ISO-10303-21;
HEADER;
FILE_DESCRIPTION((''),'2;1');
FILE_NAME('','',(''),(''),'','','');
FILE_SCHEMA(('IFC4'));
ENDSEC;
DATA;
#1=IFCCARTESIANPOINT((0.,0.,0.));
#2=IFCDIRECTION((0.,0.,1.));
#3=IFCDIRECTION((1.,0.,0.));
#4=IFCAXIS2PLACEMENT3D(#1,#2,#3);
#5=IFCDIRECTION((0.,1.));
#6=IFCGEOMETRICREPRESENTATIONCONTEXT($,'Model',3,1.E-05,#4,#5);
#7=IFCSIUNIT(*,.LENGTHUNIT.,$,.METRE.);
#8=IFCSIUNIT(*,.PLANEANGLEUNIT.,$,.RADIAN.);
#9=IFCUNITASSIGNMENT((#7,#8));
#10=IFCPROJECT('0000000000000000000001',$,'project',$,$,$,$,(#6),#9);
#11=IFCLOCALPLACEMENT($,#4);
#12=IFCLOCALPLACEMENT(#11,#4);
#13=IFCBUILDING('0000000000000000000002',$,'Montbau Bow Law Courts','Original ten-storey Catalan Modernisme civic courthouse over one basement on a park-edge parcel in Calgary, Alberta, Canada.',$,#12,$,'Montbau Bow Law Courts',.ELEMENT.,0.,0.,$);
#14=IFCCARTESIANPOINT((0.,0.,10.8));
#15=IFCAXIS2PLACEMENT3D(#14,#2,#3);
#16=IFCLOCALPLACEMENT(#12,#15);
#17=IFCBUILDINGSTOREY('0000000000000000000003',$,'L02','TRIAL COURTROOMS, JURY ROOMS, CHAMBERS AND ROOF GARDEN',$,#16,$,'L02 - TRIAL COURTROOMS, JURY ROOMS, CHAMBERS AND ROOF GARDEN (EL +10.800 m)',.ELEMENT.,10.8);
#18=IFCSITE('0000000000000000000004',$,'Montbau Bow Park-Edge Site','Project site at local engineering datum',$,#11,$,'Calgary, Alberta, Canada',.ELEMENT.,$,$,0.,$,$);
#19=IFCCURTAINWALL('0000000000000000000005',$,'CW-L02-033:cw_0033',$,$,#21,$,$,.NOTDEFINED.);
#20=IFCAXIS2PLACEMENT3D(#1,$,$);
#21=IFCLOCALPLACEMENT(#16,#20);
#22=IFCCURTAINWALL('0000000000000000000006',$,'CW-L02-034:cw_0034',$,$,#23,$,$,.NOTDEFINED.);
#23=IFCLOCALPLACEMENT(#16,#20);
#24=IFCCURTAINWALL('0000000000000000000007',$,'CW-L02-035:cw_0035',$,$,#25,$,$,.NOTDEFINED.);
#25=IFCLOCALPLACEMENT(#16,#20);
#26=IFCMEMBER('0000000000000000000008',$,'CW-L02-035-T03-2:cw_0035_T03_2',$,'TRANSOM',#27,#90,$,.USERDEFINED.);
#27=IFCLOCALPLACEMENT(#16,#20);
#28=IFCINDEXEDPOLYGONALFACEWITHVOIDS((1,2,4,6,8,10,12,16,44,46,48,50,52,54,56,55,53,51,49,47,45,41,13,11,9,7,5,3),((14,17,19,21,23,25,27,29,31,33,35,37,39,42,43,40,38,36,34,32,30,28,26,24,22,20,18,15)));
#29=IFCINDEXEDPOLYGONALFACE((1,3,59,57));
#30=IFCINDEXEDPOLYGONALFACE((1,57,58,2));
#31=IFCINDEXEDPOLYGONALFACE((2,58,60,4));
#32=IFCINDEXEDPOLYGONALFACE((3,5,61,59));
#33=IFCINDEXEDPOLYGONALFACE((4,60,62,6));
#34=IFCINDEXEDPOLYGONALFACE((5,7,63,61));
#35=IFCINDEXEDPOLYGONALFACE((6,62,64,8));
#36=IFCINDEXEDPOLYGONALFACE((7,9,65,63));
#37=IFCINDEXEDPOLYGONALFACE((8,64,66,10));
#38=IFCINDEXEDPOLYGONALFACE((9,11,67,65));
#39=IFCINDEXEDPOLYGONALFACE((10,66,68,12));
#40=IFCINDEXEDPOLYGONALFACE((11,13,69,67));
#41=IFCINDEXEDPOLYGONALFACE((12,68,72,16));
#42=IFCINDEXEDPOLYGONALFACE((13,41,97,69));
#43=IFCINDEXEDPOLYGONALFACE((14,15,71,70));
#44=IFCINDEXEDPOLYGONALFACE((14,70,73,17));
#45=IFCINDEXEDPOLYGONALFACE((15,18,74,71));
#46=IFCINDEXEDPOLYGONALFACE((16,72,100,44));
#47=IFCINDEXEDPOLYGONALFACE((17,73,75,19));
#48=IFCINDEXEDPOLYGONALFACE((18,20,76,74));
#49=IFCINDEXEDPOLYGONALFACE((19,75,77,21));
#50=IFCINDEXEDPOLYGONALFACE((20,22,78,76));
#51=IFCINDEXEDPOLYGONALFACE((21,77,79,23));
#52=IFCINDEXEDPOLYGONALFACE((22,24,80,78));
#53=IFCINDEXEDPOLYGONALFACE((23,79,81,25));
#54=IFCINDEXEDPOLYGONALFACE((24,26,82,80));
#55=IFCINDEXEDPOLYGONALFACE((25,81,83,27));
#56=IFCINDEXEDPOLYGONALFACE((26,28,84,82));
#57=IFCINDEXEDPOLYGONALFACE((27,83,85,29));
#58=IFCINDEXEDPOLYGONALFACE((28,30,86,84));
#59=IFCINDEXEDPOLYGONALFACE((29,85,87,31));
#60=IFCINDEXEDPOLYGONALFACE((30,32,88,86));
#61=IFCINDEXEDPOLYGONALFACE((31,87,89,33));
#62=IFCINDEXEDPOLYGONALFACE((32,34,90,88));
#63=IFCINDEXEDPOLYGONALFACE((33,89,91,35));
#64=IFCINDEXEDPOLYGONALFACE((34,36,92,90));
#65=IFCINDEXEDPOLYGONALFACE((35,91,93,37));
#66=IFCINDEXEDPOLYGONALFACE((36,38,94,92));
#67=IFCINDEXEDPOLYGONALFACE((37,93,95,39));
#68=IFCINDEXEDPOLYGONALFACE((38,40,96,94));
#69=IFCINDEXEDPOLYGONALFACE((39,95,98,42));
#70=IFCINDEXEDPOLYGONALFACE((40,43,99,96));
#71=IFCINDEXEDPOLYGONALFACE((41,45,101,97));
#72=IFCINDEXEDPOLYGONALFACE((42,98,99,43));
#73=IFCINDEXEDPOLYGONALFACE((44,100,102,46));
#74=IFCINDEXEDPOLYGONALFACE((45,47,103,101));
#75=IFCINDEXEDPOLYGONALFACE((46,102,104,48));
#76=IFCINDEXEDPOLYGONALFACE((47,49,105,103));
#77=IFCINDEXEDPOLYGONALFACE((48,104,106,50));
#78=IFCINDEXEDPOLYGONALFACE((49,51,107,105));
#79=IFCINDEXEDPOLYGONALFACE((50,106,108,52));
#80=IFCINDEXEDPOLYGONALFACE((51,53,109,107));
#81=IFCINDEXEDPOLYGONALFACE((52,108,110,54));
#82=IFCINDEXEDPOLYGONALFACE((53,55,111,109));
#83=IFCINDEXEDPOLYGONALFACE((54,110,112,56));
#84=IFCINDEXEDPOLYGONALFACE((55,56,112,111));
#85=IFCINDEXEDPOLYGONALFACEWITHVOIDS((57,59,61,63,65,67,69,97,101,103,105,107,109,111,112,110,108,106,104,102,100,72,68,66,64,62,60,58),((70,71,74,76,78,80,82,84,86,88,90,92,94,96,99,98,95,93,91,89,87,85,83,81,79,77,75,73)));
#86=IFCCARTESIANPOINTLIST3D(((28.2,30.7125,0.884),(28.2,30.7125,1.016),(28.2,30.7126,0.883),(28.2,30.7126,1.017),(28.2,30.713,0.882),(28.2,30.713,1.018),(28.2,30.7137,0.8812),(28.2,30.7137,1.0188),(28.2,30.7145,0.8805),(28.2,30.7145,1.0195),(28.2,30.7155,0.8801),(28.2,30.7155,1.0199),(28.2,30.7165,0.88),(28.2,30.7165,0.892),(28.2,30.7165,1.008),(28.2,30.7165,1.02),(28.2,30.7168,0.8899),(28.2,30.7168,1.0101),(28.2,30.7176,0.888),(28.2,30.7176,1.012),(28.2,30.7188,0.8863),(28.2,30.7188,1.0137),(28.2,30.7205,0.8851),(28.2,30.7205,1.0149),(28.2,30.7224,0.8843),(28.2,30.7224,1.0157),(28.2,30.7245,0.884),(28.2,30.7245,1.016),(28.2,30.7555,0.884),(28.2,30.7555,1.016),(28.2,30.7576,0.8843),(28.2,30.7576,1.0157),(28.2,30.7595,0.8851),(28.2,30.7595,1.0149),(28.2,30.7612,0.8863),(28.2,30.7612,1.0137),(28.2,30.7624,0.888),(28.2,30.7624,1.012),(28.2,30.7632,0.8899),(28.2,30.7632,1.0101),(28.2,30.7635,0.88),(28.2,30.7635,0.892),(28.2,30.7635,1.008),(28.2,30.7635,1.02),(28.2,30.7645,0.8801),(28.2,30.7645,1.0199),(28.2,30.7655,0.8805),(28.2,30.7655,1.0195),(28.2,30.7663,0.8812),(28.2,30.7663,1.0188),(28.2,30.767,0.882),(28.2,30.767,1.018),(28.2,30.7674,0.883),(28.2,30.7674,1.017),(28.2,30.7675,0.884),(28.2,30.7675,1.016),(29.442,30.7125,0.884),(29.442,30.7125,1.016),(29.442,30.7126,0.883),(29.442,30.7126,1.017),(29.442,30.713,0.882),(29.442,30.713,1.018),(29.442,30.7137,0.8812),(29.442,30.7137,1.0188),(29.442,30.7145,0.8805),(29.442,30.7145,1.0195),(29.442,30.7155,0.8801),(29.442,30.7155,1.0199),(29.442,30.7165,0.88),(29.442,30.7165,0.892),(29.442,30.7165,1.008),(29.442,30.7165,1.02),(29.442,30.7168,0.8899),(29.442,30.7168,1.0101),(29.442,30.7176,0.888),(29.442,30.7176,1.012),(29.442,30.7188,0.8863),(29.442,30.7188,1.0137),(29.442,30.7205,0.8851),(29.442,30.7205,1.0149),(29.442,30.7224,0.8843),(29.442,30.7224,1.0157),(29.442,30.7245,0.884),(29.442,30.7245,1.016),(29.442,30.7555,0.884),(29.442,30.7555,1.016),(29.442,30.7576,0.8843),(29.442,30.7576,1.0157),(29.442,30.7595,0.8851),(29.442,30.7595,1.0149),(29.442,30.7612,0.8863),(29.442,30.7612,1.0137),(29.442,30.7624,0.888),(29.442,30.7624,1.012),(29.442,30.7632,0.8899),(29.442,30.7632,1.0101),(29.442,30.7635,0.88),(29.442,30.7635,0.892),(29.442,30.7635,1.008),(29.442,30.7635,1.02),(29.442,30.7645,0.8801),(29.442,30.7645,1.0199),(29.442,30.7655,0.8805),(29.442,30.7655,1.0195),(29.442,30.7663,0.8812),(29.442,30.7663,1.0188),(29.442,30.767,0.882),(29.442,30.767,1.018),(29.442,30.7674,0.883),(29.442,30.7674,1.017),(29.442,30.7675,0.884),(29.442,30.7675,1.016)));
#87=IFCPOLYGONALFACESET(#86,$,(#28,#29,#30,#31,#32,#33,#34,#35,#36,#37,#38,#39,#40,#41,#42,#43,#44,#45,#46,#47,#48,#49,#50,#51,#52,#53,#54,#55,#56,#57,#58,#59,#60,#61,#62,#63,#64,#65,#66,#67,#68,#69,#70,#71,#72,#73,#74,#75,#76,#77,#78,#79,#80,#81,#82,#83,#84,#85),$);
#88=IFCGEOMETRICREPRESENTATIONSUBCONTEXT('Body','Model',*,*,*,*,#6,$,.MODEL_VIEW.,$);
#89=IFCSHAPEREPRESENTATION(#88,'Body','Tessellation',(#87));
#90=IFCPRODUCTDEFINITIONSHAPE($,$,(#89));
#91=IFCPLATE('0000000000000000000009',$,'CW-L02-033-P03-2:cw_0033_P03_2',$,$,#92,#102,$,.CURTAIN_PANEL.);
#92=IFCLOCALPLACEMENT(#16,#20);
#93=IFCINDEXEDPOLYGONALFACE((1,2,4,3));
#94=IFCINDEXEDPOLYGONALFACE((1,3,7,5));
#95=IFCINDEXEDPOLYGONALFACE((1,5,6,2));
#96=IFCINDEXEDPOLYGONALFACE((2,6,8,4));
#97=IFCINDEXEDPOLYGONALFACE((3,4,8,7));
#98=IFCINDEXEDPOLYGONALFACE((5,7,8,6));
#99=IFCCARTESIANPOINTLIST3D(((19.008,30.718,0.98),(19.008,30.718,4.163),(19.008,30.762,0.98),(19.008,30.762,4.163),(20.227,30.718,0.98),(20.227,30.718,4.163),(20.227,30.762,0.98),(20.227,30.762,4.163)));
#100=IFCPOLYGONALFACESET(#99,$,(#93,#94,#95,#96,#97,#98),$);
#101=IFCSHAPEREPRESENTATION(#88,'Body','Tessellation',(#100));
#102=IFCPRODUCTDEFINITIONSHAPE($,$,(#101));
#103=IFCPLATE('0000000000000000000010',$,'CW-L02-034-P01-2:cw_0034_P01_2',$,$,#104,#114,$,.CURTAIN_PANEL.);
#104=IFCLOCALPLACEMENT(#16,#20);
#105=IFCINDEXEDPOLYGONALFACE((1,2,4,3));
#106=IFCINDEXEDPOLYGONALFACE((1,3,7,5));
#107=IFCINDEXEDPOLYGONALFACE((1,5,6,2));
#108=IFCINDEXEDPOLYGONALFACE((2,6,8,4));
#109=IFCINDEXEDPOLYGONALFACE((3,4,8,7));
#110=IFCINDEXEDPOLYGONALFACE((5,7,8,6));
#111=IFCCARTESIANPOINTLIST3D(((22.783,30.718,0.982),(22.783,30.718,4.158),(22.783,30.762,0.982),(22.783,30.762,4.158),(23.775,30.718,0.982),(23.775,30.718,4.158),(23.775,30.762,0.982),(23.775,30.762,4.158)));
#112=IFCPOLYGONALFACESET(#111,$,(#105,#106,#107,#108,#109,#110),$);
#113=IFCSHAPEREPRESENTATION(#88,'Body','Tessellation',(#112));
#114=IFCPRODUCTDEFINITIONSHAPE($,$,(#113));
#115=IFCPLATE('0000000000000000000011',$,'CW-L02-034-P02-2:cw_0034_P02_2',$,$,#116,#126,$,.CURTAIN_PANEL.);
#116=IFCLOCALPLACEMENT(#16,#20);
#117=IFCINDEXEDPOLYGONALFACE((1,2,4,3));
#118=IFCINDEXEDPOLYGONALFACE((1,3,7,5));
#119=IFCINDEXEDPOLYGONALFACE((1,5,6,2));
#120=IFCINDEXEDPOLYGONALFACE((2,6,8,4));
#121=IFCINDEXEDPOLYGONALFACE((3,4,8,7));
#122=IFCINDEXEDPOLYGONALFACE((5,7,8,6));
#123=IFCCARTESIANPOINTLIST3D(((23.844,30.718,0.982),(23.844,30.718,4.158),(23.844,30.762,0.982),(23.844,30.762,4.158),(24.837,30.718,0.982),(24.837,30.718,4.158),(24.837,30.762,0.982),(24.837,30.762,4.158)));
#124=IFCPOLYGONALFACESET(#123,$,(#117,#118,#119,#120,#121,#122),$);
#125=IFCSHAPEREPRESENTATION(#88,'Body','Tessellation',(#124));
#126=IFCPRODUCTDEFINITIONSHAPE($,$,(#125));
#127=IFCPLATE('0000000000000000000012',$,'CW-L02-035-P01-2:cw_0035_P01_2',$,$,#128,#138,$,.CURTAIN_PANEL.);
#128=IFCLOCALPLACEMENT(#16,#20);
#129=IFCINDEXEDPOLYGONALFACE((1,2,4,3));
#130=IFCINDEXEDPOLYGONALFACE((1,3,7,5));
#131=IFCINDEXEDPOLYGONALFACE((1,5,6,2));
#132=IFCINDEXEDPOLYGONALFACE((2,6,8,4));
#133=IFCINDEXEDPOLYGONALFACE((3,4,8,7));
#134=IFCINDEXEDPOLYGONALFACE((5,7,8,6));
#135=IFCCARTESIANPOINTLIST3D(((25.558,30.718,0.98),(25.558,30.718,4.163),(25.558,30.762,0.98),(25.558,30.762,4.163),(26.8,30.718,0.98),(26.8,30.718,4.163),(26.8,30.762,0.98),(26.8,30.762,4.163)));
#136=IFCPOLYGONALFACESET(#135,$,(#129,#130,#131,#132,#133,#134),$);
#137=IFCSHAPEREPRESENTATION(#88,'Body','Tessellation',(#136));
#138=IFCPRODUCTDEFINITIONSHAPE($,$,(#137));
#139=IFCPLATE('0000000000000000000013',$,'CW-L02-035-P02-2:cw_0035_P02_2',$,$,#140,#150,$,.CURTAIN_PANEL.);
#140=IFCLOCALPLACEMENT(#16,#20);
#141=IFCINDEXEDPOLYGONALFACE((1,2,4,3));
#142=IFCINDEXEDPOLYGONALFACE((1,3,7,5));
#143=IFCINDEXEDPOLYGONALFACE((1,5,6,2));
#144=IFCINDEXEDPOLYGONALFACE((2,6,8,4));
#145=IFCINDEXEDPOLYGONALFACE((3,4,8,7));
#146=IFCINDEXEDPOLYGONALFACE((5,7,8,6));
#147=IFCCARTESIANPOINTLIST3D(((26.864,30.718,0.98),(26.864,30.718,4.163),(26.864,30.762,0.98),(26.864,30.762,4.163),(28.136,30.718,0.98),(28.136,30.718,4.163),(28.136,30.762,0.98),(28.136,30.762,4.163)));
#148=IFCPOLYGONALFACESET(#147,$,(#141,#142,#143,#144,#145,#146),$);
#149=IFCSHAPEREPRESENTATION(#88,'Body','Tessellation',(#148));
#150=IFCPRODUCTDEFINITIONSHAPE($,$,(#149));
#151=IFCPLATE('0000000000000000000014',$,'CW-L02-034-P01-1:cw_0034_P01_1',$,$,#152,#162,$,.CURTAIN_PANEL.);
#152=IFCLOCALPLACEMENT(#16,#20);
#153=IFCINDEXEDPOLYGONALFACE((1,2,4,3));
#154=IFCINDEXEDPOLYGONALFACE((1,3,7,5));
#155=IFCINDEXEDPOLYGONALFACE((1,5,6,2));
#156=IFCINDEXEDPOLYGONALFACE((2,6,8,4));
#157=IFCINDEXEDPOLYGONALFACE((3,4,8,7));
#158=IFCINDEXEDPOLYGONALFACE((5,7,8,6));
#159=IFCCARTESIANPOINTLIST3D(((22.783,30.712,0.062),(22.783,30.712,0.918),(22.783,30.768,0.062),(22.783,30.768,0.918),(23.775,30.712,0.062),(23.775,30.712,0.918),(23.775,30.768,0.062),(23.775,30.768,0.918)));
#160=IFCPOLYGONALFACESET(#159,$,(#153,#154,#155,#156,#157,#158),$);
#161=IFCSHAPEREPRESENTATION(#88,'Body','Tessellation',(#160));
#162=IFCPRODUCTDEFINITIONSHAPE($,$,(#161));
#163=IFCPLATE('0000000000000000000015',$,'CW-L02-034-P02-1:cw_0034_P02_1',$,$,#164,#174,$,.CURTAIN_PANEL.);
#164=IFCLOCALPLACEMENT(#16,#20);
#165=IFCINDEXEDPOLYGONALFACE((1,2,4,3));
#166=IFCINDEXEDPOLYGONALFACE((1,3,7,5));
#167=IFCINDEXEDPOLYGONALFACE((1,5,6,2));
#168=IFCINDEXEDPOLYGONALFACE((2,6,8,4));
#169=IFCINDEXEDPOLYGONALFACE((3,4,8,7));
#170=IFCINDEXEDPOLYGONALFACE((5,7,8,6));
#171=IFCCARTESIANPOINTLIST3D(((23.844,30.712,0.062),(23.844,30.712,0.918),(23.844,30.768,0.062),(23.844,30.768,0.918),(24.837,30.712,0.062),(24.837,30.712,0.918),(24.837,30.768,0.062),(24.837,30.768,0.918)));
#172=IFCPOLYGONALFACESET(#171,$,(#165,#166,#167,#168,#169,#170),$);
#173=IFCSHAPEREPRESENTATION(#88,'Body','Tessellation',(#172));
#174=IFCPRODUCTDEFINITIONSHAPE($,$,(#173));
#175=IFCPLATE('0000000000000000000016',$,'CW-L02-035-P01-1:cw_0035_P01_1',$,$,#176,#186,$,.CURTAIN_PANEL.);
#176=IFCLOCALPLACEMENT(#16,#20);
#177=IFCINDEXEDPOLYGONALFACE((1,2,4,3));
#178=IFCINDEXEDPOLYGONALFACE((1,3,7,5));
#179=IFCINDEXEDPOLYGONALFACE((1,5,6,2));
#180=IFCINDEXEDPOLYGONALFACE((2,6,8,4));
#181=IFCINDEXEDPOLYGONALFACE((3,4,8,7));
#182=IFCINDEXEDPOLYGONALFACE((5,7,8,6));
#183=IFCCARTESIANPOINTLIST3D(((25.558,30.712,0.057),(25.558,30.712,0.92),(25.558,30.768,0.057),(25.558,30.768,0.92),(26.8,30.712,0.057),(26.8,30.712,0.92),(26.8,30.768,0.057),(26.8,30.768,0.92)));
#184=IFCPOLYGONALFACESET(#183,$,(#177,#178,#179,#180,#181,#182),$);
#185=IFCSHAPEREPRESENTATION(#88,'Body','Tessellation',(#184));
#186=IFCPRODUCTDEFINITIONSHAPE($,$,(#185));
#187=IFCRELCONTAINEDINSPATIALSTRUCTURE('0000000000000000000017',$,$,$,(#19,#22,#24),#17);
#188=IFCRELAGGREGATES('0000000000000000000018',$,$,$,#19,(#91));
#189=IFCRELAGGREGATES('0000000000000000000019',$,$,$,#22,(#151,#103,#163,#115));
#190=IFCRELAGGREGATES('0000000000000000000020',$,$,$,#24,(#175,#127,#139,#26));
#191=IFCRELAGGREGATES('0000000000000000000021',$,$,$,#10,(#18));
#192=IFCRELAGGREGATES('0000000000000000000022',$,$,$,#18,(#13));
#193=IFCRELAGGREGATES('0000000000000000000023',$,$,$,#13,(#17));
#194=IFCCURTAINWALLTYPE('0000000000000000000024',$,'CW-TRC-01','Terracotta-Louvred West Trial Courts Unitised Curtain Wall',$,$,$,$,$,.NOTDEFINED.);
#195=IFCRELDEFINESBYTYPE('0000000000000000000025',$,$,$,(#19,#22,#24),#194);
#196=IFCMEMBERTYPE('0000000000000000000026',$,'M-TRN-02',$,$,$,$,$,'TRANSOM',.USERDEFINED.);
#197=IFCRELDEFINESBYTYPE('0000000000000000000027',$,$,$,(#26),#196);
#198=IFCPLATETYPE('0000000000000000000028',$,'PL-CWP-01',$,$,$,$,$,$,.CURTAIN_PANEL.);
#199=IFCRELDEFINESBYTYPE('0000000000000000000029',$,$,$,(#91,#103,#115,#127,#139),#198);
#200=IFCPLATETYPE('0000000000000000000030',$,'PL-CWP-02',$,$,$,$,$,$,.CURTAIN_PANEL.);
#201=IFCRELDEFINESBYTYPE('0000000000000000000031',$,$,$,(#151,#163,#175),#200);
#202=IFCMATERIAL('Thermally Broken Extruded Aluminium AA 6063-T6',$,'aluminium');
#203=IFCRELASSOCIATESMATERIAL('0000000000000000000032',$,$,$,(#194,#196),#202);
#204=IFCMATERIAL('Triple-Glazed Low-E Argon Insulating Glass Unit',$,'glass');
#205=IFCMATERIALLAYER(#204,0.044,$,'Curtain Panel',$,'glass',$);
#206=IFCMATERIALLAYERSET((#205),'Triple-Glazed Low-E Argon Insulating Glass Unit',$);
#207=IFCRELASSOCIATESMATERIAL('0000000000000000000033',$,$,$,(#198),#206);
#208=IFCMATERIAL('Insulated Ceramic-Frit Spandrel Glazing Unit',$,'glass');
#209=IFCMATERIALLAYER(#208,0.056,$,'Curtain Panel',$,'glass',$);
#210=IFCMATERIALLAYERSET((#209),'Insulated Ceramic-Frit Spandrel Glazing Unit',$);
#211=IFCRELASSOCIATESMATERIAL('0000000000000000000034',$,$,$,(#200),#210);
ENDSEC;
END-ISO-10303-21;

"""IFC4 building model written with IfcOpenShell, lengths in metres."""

from ifc_helpers import new_model, si_unit, direction, frame, frame_2d, origin_with_axes, origin_2d_with_axis, place, context, subcontext, project, spatial, rectangle, hollow_rectangle, extrude, material, layer, layer_set, material_profile, profile_set, type_object, element, aggregate, save


model = new_model("IFC4")

# Units and contexts
model_context = context("Model", 3, precision=1e-05, world=origin_with_axes(), true_north=direction((0.0, 1.0)))
body_context = subcontext(model_context, "Body", "Model", "MODEL_VIEW")
ifc_project = project(units=[si_unit("LENGTHUNIT", "METRE"), si_unit("PLANEANGLEUNIT", "RADIAN")], contexts=[model_context])

# Site, building, storey
site_placement = place(None, origin_with_axes())
site = spatial("IfcSite", under=ifc_project, at=site_placement, Name="Montbau Bow Park-Edge Site", Description="Project site at local engineering datum", LongName="Calgary, Alberta, Canada", CompositionType="ELEMENT", RefElevation=0.0)
building_placement = place(site_placement, origin_with_axes())
building = spatial("IfcBuilding", under=site, at=building_placement, Name="Montbau Bow Law Courts", Description="Original ten-storey Catalan Modernisme civic courthouse over one basement on a park-edge parcel in Calgary, Alberta, Canada.", LongName="Montbau Bow Law Courts", CompositionType="ELEMENT", ElevationOfRefHeight=0.0, ElevationOfTerrain=0.0)
storey_placement = place(building_placement, frame((0.0, 0.0, 10.8), z_axis=(0.0, 0.0, 1.0), x_axis=(1.0, 0.0, 0.0)))
storey = spatial("IfcBuildingStorey", under=building, at=storey_placement, Name="L02", Description="TRIAL COURTROOMS, JURY ROOMS, CHAMBERS AND ROOF GARDEN", LongName="L02 - TRIAL COURTROOMS, JURY ROOMS, CHAMBERS AND ROOF GARDEN (EL +10.800 m)", CompositionType="ELEMENT", Elevation=10.8)

# Curtain wall
ifc_material_1 = material(Name="Thermally Broken Extruded Aluminium AA 6063-T6", Category="aluminium")
curtain_wall_type = type_object("IfcCurtainWallType", Name="CW-TRC-01", Description="Terracotta-Louvred West Trial Courts Unitised Curtain Wall", PredefinedType="NOTDEFINED", material=ifc_material_1)
curtain_wall_1_placement = place(None, frame((16.296, 30.74, 10.8), z_axis=(0.0, 0.0, 1.0), x_axis=(1.0, 0.0, 0.0)))
curtain_wall_1 = element("IfcCurtainWall", 1, at=curtain_wall_1_placement, inside=storey, type_object=curtain_wall_type, Name="CW-L02-033:cw_0033", PredefinedType="NOTDEFINED")

# Curtain walls
curtain_wall_2_placement = place(None, frame((22.715, 30.74, 10.8), z_axis=(0.0, 0.0, 1.0), x_axis=(1.0, 0.0, 0.0)))
curtain_wall_2 = element("IfcCurtainWall", 2, at=curtain_wall_2_placement, inside=storey, type_object=curtain_wall_type, Name="CW-L02-034:cw_0034", PredefinedType="NOTDEFINED")
curtain_wall_3_placement = place(None, frame((25.496, 30.74, 10.8), z_axis=(0.0, 0.0, 1.0), x_axis=(1.0, 0.0, 0.0)))
curtain_wall_3 = element("IfcCurtainWall", 3, at=curtain_wall_3_placement, inside=storey, type_object=curtain_wall_type, Name="CW-L02-035:cw_0035", PredefinedType="NOTDEFINED")

# Member
ifc_material_profile_1 = material_profile(ifc_material_1, hollow_rectangle(XDim=0.055, YDim=0.14, WallThickness=0.004, InnerFilletRadius=0.008, OuterFilletRadius=0.004, at=origin_2d_with_axis()), Name="CWT-140X55", Category="Main", Priority=0)
ifc_profile_set_1 = profile_set([ifc_material_profile_1], Name="Thermally Broken Extruded Aluminium AA 6063-T6")
member_type_1 = type_object("IfcMemberType", Name="M-TRN-02", ElementType="TRANSOM", PredefinedType="USERDEFINED", material=ifc_profile_set_1)
member_1_placement = place(None, frame((28.2, 30.74, 11.75), z_axis=(1.0, 0.0, 0.0), x_axis=(0.0, 1.0, 0.0)))
member_1 = element("IfcMember", 4, at=member_1_placement, type_object=member_type_1, Name="CW-L02-035-T03-2:cw_0035_T03_2", ObjectType="TRANSOM", PredefinedType="USERDEFINED", context=body_context, shape_type="SweptSolid", body=[
    extrude(hollow_rectangle(XDim=0.055, YDim=0.14, WallThickness=0.004, InnerFilletRadius=0.008, OuterFilletRadius=0.004, at=origin_2d_with_axis()), origin_with_axes(), (0.0, 0.0, 1.0), 1.242),
])

# Plates
ifc_material_2 = material(Name="Triple-Glazed Low-E Argon Insulating Glass Unit", Category="glass")
ifc_layer_1 = layer(ifc_material_2, 0.044, Name="Curtain Panel", Category="glass")
ifc_layer_set_1 = layer_set([ifc_layer_1], Name="Triple-Glazed Low-E Argon Insulating Glass Unit")
plate_type_1 = type_object("IfcPlateType", Name="PL-CWP-01", PredefinedType="CURTAIN_PANEL", material=ifc_layer_set_1)
plate_1_placement = place(None, frame((19.008, 30.74, 11.78), z_axis=(0.0, -1.0, 0.0), x_axis=(1.0, 0.0, 0.0)))
plate_1 = element("IfcPlate", 5, at=plate_1_placement, type_object=plate_type_1, Name="CW-L02-033-P03-2:cw_0033_P03_2", PredefinedType="CURTAIN_PANEL", context=body_context, shape_type="SweptSolid", body=[
    extrude(rectangle(XDim=1.219, YDim=3.183, at=frame_2d((0.6095, 1.5915), x_axis=(1.0, 0.0))), frame((0.0, 0.0, -0.022), z_axis=(0.0, 0.0, 1.0), x_axis=(1.0, 0.0, 0.0)), (0.0, 0.0, 1.0), 0.044),
])
aggregate(curtain_wall_1, [plate_1])
plate_2_placement = place(None, frame((22.783, 30.74, 11.782), z_axis=(0.0, -1.0, 0.0), x_axis=(1.0, 0.0, 0.0)))
plate_2 = element("IfcPlate", 6, at=plate_2_placement, type_object=plate_type_1, Name="CW-L02-034-P01-2:cw_0034_P01_2", PredefinedType="CURTAIN_PANEL", context=body_context, shape_type="SweptSolid", body=[
    extrude(rectangle(XDim=0.992, YDim=3.176, at=frame_2d((0.496, 1.588), x_axis=(1.0, 0.0))), frame((0.0, 0.0, -0.022), z_axis=(0.0, 0.0, 1.0), x_axis=(1.0, 0.0, 0.0)), (0.0, 0.0, 1.0), 0.044),
])
plate_3_placement = place(None, frame((23.844, 30.74, 11.782), z_axis=(0.0, -1.0, 0.0), x_axis=(1.0, 0.0, 0.0)))
plate_3 = element("IfcPlate", 7, at=plate_3_placement, type_object=plate_type_1, Name="CW-L02-034-P02-2:cw_0034_P02_2", PredefinedType="CURTAIN_PANEL", context=body_context, shape_type="SweptSolid", body=[
    extrude(rectangle(XDim=0.993, YDim=3.176, at=frame_2d((0.4965, 1.588), x_axis=(1.0, 0.0))), frame((0.0, 0.0, -0.022), z_axis=(0.0, 0.0, 1.0), x_axis=(1.0, 0.0, 0.0)), (0.0, 0.0, 1.0), 0.044),
])
plate_4_placement = place(None, frame((25.558, 30.74, 11.78), z_axis=(0.0, -1.0, 0.0), x_axis=(1.0, 0.0, 0.0)))
plate_4 = element("IfcPlate", 8, at=plate_4_placement, type_object=plate_type_1, Name="CW-L02-035-P01-2:cw_0035_P01_2", PredefinedType="CURTAIN_PANEL", context=body_context, shape_type="SweptSolid", body=[
    extrude(rectangle(XDim=1.242, YDim=3.183, at=frame_2d((0.621, 1.5915), x_axis=(1.0, 0.0))), frame((0.0, 0.0, -0.022), z_axis=(0.0, 0.0, 1.0), x_axis=(1.0, 0.0, 0.0)), (0.0, 0.0, 1.0), 0.044),
])
plate_5_placement = place(None, frame((26.864, 30.74, 11.78), z_axis=(0.0, -1.0, 0.0), x_axis=(1.0, 0.0, 0.0)))
plate_5 = element("IfcPlate", 9, at=plate_5_placement, type_object=plate_type_1, Name="CW-L02-035-P02-2:cw_0035_P02_2", PredefinedType="CURTAIN_PANEL", context=body_context, shape_type="SweptSolid", body=[
    extrude(rectangle(XDim=1.272, YDim=3.183, at=frame_2d((0.636, 1.5915), x_axis=(1.0, 0.0))), frame((0.0, 0.0, -0.022), z_axis=(0.0, 0.0, 1.0), x_axis=(1.0, 0.0, 0.0)), (0.0, 0.0, 1.0), 0.044),
])
ifc_material_3 = material(Name="Insulated Ceramic-Frit Spandrel Glazing Unit", Category="glass")
ifc_layer_2 = layer(ifc_material_3, 0.056, Name="Curtain Panel", Category="glass")
ifc_layer_set_2 = layer_set([ifc_layer_2], Name="Insulated Ceramic-Frit Spandrel Glazing Unit")
plate_type_2 = type_object("IfcPlateType", Name="PL-CWP-02", PredefinedType="CURTAIN_PANEL", material=ifc_layer_set_2)
plate_6_placement = place(None, frame((22.783, 30.74, 10.862), z_axis=(0.0, -1.0, 0.0), x_axis=(1.0, 0.0, 0.0)))
plate_6 = element("IfcPlate", 10, at=plate_6_placement, type_object=plate_type_2, Name="CW-L02-034-P01-1:cw_0034_P01_1", PredefinedType="CURTAIN_PANEL", context=body_context, shape_type="SweptSolid", body=[
    extrude(rectangle(XDim=0.992, YDim=0.856, at=frame_2d((0.496, 0.428), x_axis=(1.0, 0.0))), frame((0.0, 0.0, -0.028), z_axis=(0.0, 0.0, 1.0), x_axis=(1.0, 0.0, 0.0)), (0.0, 0.0, 1.0), 0.056),
])
plate_7_placement = place(None, frame((23.844, 30.74, 10.862), z_axis=(0.0, -1.0, 0.0), x_axis=(1.0, 0.0, 0.0)))
plate_7 = element("IfcPlate", 11, at=plate_7_placement, type_object=plate_type_2, Name="CW-L02-034-P02-1:cw_0034_P02_1", PredefinedType="CURTAIN_PANEL", context=body_context, shape_type="SweptSolid", body=[
    extrude(rectangle(XDim=0.993, YDim=0.856, at=frame_2d((0.4965, 0.428), x_axis=(1.0, 0.0))), frame((0.0, 0.0, -0.028), z_axis=(0.0, 0.0, 1.0), x_axis=(1.0, 0.0, 0.0)), (0.0, 0.0, 1.0), 0.056),
])
aggregate(curtain_wall_2, [plate_6, plate_2, plate_7, plate_3])
plate_8_placement = place(None, frame((25.558, 30.74, 10.857), z_axis=(0.0, -1.0, 0.0), x_axis=(1.0, 0.0, 0.0)))
plate_8 = element("IfcPlate", 12, at=plate_8_placement, type_object=plate_type_2, Name="CW-L02-035-P01-1:cw_0035_P01_1", PredefinedType="CURTAIN_PANEL", context=body_context, shape_type="SweptSolid", body=[
    extrude(rectangle(XDim=1.242, YDim=0.863, at=frame_2d((0.621, 0.4315), x_axis=(1.0, 0.0))), frame((0.0, 0.0, -0.028), z_axis=(0.0, 0.0, 1.0), x_axis=(1.0, 0.0, 0.0)), (0.0, 0.0, 1.0), 0.056),
])
aggregate(curtain_wall_3, [plate_8, plate_4, plate_5, member_1])

save(model, "model.ifc")
